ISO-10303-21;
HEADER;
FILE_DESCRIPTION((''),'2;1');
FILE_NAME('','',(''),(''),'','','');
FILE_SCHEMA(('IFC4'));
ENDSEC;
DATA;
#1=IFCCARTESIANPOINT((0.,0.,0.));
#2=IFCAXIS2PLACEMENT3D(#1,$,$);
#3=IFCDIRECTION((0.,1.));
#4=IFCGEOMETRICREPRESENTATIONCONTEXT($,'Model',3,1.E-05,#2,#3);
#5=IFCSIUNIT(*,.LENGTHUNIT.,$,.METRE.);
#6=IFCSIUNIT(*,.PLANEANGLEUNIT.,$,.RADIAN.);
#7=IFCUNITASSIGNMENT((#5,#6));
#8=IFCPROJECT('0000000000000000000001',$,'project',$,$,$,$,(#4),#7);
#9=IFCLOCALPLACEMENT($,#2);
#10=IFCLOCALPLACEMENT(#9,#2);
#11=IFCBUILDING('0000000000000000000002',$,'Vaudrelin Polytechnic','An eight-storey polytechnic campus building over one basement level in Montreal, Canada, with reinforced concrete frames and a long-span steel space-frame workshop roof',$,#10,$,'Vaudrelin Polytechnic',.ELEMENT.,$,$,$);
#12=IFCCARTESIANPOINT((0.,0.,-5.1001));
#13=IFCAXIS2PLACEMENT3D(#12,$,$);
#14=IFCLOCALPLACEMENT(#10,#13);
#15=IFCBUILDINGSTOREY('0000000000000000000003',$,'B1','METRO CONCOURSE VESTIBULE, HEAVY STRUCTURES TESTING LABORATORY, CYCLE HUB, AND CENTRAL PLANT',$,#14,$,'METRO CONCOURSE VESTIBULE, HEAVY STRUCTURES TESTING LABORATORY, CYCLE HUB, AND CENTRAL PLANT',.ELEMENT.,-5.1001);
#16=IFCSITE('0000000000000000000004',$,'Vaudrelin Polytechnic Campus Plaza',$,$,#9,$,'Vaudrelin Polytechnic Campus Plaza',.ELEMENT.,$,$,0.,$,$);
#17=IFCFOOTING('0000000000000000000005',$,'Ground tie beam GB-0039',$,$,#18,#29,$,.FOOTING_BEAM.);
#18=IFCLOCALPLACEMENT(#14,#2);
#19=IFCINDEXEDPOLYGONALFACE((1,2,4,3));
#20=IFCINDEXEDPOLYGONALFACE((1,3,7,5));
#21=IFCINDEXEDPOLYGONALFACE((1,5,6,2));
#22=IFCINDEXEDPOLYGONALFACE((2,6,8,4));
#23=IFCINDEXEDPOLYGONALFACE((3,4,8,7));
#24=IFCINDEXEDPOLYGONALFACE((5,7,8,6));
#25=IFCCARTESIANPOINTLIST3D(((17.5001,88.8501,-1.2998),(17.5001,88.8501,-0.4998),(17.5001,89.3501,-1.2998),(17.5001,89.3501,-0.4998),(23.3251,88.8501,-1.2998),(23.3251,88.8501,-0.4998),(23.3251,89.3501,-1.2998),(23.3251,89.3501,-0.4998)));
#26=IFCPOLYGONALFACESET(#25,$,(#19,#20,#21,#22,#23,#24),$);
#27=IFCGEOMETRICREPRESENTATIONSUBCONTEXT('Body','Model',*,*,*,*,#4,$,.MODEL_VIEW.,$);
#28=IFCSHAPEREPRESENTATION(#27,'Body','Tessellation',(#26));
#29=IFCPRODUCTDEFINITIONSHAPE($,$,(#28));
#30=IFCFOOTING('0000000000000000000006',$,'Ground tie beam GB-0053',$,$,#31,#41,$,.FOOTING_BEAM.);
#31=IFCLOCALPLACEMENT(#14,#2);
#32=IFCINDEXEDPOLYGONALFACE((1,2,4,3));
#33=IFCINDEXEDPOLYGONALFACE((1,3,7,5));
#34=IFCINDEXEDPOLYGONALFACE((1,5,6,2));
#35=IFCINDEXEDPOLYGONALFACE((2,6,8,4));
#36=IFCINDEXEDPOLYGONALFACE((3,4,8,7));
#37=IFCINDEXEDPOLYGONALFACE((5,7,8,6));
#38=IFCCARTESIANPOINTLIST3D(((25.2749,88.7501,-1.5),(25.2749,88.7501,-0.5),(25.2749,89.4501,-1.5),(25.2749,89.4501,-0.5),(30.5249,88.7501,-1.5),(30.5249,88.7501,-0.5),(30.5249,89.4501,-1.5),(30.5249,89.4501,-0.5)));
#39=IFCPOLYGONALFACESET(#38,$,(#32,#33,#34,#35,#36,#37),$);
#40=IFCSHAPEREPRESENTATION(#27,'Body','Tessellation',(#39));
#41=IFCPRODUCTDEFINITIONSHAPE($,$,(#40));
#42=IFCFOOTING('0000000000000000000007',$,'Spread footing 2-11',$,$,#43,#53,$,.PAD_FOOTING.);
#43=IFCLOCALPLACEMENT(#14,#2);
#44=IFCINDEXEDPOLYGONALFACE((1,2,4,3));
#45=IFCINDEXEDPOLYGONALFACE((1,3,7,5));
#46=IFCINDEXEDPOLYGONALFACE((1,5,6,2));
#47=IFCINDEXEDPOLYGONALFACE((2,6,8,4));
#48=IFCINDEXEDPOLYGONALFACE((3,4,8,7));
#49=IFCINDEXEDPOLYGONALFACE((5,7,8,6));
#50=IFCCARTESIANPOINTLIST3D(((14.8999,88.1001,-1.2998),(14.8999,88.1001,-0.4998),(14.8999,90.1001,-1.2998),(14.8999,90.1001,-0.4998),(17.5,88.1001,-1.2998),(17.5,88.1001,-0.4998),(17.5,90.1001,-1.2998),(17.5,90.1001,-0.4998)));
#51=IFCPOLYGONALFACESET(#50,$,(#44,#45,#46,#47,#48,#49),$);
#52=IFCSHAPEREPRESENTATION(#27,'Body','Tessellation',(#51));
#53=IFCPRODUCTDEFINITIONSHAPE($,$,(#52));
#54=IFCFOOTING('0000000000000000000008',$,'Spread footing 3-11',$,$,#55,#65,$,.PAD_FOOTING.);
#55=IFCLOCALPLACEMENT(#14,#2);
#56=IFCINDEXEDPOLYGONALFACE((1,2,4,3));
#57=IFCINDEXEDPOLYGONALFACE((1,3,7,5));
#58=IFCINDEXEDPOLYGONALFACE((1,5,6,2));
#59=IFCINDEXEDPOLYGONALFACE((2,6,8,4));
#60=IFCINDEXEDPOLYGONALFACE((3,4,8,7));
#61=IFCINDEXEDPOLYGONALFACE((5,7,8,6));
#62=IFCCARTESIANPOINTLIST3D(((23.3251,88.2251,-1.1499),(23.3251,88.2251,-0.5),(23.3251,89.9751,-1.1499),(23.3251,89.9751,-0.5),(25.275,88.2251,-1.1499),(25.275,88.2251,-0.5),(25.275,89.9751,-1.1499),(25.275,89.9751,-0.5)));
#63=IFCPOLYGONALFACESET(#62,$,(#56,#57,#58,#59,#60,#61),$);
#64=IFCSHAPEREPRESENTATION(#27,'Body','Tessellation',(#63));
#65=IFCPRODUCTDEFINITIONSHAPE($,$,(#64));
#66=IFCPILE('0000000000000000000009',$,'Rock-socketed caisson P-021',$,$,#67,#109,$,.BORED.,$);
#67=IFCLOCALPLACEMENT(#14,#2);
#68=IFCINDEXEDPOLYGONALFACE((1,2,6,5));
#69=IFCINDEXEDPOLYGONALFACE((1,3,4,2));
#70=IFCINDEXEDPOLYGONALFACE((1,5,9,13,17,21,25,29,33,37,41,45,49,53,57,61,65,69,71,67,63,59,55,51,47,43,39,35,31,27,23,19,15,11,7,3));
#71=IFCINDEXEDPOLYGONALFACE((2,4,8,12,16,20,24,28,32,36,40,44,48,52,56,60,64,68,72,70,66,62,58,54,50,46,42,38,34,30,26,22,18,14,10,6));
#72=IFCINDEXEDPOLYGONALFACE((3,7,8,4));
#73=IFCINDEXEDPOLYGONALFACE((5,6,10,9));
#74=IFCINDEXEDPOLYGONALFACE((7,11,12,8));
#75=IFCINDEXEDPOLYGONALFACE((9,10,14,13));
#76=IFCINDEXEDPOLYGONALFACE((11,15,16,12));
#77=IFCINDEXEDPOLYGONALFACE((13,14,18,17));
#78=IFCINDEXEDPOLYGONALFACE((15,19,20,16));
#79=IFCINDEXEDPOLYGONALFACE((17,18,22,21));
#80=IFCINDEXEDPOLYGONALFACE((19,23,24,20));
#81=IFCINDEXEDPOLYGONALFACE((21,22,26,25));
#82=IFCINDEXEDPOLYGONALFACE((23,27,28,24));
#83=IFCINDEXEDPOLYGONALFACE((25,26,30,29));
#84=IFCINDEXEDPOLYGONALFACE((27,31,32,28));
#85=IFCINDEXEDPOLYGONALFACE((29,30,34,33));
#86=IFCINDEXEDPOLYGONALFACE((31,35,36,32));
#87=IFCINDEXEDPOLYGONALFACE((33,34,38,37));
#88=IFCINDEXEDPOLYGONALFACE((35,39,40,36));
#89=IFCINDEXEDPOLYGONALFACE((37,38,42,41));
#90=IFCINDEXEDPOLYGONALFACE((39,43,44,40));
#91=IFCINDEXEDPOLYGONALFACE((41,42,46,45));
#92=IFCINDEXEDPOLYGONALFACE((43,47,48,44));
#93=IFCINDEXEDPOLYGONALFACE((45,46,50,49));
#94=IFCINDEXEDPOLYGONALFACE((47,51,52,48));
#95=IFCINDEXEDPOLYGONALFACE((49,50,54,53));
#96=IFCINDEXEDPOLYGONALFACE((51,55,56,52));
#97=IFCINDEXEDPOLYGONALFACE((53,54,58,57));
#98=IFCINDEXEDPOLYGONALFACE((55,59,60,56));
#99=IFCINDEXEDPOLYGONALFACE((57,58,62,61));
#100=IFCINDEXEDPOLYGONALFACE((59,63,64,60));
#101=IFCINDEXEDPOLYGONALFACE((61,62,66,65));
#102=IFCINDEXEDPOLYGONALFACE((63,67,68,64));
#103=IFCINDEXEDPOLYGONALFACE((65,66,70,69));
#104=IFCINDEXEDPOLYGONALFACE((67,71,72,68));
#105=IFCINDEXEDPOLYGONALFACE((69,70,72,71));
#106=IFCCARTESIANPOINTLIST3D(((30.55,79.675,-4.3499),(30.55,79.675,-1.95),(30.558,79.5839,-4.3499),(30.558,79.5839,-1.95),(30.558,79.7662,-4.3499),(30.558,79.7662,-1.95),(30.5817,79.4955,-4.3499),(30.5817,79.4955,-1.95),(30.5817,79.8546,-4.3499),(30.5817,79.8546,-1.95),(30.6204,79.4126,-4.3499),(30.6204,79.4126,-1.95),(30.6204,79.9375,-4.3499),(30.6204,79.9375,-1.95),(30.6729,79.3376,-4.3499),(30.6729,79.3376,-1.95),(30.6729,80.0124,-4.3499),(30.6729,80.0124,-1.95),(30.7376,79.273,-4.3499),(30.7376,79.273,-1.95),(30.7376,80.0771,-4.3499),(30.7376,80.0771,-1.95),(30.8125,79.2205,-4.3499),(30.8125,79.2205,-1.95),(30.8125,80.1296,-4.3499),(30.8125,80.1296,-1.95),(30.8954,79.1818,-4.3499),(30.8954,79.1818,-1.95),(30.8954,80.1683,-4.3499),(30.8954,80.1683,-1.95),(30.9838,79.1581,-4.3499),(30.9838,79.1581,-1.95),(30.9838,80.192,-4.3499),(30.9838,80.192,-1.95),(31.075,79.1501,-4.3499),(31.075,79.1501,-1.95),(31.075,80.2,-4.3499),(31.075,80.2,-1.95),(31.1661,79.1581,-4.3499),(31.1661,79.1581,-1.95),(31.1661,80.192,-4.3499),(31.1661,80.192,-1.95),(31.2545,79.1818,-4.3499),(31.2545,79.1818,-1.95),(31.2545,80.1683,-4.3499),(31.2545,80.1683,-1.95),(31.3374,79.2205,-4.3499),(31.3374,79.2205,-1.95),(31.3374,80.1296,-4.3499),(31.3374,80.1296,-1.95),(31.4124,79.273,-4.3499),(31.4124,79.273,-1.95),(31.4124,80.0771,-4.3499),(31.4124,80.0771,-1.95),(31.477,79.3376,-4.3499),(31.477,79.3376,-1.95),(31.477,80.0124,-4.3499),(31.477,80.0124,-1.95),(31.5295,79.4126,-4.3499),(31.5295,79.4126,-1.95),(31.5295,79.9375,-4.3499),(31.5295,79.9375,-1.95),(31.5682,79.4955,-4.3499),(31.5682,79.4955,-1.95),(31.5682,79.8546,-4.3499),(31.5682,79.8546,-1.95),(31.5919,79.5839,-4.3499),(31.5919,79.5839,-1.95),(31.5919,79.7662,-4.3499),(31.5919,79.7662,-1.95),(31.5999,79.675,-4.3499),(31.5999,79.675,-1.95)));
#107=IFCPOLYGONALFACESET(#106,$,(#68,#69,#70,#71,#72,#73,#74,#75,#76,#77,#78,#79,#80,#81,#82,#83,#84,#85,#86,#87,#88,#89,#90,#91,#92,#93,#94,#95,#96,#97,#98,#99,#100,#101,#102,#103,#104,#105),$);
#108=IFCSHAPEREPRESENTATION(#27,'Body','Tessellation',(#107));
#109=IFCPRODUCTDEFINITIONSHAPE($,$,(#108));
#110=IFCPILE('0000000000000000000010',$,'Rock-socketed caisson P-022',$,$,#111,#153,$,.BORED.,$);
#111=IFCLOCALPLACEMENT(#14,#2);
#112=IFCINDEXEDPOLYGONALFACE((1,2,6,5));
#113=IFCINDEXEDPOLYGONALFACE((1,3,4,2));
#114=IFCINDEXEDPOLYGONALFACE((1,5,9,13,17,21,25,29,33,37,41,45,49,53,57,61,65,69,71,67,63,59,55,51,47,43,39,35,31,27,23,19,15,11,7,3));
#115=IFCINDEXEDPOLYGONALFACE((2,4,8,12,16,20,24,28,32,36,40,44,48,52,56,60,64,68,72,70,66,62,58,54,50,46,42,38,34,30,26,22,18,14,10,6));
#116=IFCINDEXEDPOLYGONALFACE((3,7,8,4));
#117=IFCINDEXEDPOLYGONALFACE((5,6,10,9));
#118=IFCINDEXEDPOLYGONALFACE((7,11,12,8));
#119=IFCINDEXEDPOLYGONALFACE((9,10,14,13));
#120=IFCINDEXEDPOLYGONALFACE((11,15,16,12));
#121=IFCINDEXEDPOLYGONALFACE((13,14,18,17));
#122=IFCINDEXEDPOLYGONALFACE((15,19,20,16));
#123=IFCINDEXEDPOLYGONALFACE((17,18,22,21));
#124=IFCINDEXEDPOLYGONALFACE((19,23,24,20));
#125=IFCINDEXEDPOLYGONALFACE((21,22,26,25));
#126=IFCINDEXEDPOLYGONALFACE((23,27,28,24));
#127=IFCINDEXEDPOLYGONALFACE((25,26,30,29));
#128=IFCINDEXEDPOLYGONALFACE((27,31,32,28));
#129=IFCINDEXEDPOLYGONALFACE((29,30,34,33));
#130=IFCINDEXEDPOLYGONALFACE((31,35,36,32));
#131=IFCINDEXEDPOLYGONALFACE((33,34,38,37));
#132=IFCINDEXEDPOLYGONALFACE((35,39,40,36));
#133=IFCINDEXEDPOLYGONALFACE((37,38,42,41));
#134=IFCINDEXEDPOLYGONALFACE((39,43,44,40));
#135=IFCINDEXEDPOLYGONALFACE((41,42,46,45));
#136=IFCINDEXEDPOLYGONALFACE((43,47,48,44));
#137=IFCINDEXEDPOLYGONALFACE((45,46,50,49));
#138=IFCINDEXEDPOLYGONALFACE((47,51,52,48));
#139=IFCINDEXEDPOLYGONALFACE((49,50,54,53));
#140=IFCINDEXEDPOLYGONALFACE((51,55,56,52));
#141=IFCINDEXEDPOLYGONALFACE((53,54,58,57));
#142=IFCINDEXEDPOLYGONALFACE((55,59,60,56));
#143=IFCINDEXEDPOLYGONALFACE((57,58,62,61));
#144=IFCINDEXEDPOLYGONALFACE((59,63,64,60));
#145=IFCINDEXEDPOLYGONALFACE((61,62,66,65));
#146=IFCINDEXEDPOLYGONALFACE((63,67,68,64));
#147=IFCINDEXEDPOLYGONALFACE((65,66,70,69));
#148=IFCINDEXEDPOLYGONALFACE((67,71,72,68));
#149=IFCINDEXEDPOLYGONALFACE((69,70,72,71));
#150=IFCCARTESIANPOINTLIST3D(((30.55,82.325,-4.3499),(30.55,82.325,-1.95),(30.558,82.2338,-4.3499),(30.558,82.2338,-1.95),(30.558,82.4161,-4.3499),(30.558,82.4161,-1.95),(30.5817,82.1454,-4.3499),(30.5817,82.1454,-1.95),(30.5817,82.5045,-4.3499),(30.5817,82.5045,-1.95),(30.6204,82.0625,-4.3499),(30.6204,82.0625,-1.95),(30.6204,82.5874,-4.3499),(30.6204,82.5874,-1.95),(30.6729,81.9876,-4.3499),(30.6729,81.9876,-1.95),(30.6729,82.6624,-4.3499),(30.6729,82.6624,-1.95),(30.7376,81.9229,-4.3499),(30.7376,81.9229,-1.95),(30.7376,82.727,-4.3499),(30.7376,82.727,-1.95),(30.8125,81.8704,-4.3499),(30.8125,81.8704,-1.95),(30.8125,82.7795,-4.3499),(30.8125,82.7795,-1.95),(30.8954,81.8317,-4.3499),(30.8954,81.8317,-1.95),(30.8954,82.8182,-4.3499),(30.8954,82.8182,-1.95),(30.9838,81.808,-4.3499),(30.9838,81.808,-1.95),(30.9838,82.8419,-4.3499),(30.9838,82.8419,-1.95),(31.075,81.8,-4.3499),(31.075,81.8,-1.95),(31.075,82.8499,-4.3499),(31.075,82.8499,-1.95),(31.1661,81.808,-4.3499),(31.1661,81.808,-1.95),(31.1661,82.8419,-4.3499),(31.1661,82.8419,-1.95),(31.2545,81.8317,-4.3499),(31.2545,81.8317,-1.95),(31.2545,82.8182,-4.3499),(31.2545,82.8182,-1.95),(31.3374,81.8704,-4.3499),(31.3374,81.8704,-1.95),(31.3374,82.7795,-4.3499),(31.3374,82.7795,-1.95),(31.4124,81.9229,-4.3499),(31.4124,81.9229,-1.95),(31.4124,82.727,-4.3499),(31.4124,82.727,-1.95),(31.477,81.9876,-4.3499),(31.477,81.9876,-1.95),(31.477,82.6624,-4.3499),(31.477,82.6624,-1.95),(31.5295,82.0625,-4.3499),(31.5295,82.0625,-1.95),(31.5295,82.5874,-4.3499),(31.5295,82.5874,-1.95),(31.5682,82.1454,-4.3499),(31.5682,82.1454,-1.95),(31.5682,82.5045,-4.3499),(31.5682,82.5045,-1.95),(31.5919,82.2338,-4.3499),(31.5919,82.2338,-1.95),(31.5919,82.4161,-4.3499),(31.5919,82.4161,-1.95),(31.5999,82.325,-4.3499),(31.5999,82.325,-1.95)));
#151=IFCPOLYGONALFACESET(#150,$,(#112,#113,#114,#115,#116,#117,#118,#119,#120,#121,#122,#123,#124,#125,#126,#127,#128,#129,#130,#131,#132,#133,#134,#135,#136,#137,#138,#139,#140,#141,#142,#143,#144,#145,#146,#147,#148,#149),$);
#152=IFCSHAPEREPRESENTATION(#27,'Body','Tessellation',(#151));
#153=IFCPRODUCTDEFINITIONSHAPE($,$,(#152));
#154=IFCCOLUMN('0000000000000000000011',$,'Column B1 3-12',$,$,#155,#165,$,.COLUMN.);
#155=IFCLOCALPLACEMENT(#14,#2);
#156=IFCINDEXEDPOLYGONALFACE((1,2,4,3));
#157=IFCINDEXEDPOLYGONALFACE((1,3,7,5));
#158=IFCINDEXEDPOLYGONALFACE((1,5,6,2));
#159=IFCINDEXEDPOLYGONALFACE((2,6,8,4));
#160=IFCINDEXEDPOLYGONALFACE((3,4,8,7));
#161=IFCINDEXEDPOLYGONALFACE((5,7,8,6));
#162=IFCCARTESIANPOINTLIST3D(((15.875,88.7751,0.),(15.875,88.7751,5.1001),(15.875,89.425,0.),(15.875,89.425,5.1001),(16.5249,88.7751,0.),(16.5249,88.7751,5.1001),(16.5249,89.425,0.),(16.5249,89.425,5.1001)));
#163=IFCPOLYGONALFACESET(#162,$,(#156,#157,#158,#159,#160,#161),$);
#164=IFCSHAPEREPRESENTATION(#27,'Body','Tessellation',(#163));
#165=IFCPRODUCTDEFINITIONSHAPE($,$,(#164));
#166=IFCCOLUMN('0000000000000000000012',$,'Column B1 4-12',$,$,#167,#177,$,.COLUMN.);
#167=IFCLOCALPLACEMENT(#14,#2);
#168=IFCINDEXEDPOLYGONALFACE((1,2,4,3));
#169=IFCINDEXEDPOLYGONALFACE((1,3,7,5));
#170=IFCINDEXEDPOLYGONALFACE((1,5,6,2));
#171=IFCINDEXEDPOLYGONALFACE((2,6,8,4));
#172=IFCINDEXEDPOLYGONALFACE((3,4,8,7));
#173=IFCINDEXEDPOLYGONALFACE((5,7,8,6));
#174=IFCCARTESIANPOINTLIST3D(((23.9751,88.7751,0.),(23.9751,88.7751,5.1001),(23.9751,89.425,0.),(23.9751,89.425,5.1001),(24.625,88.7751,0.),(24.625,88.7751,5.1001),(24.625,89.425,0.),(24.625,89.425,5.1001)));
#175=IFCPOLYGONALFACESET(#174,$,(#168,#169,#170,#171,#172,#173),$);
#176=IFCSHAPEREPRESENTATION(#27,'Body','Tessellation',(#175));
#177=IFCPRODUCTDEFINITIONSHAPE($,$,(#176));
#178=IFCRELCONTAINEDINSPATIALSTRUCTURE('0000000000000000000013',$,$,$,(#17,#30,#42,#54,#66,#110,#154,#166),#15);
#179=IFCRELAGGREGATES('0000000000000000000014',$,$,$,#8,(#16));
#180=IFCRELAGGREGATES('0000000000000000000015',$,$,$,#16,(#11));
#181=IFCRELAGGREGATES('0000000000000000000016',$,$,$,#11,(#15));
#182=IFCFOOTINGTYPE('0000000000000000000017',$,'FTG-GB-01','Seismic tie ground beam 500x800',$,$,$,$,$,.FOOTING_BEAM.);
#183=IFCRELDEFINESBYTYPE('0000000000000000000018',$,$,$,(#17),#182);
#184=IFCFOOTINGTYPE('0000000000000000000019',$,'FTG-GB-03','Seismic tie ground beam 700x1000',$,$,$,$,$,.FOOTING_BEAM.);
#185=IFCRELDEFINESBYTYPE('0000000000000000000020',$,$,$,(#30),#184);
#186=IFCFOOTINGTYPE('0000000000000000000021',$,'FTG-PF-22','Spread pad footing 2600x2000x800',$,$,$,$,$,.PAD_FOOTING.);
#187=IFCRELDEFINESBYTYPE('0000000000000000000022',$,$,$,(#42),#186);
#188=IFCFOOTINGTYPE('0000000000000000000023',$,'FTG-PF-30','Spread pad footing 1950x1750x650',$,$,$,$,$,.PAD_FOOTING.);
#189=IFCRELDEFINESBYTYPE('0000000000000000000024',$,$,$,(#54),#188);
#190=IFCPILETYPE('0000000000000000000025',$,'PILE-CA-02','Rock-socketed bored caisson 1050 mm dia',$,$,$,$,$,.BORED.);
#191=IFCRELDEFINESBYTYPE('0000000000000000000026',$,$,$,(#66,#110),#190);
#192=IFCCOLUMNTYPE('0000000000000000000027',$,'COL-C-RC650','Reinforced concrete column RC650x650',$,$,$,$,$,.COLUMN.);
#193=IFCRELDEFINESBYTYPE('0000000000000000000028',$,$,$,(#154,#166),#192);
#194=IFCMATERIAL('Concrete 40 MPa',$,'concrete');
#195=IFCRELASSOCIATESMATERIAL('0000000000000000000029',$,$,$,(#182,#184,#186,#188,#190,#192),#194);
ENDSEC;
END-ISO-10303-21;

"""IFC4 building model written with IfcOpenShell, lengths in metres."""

from ifc_helpers import new_model, si_unit, direction, frame, origin, origin_2d, place, context, subcontext, project, spatial, rectangle, circle, extrude, material, material_profile, profile_set, type_object, element, save


model = new_model("IFC4")

# Units and contexts
model_context = context("Model", 3, precision=1e-05, world=origin(), true_north=direction((0.0, 1.0)))
body_context = subcontext(model_context, "Body", "Model", "MODEL_VIEW")
ifc_project = project(units=[si_unit("LENGTHUNIT", "METRE"), si_unit("PLANEANGLEUNIT", "RADIAN")], contexts=[model_context])

# Site, building, storey
site_placement = place(None, origin())
site = spatial("IfcSite", under=ifc_project, at=site_placement, Name="Vaudrelin Polytechnic Campus Plaza", LongName="Vaudrelin Polytechnic Campus Plaza", CompositionType="ELEMENT", RefElevation=0.0)
building_placement = place(site_placement, origin())
building = spatial("IfcBuilding", under=site, at=building_placement, Name="Vaudrelin Polytechnic", Description="An eight-storey polytechnic campus building over one basement level in Montreal, Canada, with reinforced concrete frames and a long-span steel space-frame workshop roof", LongName="Vaudrelin Polytechnic", CompositionType="ELEMENT")
storey_placement = place(building_placement, frame((0.0, 0.0, -5.1001)))
storey = spatial("IfcBuildingStorey", under=building, at=storey_placement, Name="B1", Description="METRO CONCOURSE VESTIBULE, HEAVY STRUCTURES TESTING LABORATORY, CYCLE HUB, AND CENTRAL PLANT", LongName="METRO CONCOURSE VESTIBULE, HEAVY STRUCTURES TESTING LABORATORY, CYCLE HUB, AND CENTRAL PLANT", CompositionType="ELEMENT", Elevation=-5.1001)

# Footings
ifc_material_1 = material(Name="Concrete 40 MPa", Category="concrete")
footing_type_1 = type_object("IfcFootingType", Name="FTG-GB-01", Description="Seismic tie ground beam 500x800", PredefinedType="FOOTING_BEAM", material=ifc_material_1)
footing_1_placement = place(storey_placement, frame((20.4126, 89.1001, -1.2998), z_axis=(0.0, 0.0, 1.0), x_axis=(1.0, 0.0, 0.0)))
element("IfcFooting", 1, at=footing_1_placement, inside=storey, type_object=footing_type_1, Name="Ground tie beam GB-0039", PredefinedType="FOOTING_BEAM", context=body_context, shape_type="SweptSolid", body=[
    extrude(rectangle(XDim=5.825, YDim=0.5, at=origin_2d()), origin(), (0.0, 0.0, 1.0), 0.8),
])
footing_type_2 = type_object("IfcFootingType", Name="FTG-GB-03", Description="Seismic tie ground beam 700x1000", PredefinedType="FOOTING_BEAM", material=ifc_material_1)
footing_2_placement = place(storey_placement, frame((27.8999, 89.1001, -1.5), z_axis=(0.0, 0.0, 1.0), x_axis=(1.0, 0.0, 0.0)))
element("IfcFooting", 2, at=footing_2_placement, inside=storey, type_object=footing_type_2, Name="Ground tie beam GB-0053", PredefinedType="FOOTING_BEAM", context=body_context, shape_type="SweptSolid", body=[
    extrude(rectangle(XDim=5.25, YDim=0.7, at=origin_2d()), origin(), (0.0, 0.0, 1.0), 1.0),
])
footing_type_3 = type_object("IfcFootingType", Name="FTG-PF-22", Description="Spread pad footing 2600x2000x800", PredefinedType="PAD_FOOTING", material=ifc_material_1)
footing_3_placement = place(storey_placement, frame((16.2, 89.1001, -1.2998), z_axis=(0.0, 0.0, 1.0), x_axis=(1.0, 0.0, 0.0)))
element("IfcFooting", 3, at=footing_3_placement, inside=storey, type_object=footing_type_3, Name="Spread footing 2-11", PredefinedType="PAD_FOOTING", context=body_context, shape_type="SweptSolid", body=[
    extrude(rectangle(XDim=2.6001, YDim=2.0, at=origin_2d()), origin(), (0.0, 0.0, 1.0), 0.8),
])
footing_type_4 = type_object("IfcFootingType", Name="FTG-PF-30", Description="Spread pad footing 1950x1750x650", PredefinedType="PAD_FOOTING", material=ifc_material_1)
footing_4_placement = place(storey_placement, frame((24.3, 89.1001, -1.1499), z_axis=(0.0, 0.0, 1.0), x_axis=(1.0, 0.0, 0.0)))
element("IfcFooting", 4, at=footing_4_placement, inside=storey, type_object=footing_type_4, Name="Spread footing 3-11", PredefinedType="PAD_FOOTING", context=body_context, shape_type="SweptSolid", body=[
    extrude(rectangle(XDim=1.95, YDim=1.75, at=origin_2d()), origin(), (0.0, 0.0, 1.0), 0.6499),
])

# Piles
ifc_material_profile_1 = material_profile(ifc_material_1, circle(Radius=0.5249, at=origin_2d()), Name="CAISSON1050")
ifc_profile_set_1 = profile_set([ifc_material_profile_1], Name="Concrete 40 MPa")
pile_type = type_object("IfcPileType", Name="PILE-CA-02", Description="Rock-socketed bored caisson 1050 mm dia", PredefinedType="BORED", material=ifc_profile_set_1)
for number, where, z_axis, x_axis, name in (
    (5, (31.075, 79.675, -1.95), (0.0, 0.0, -1.0), (1.0, 0.0, 0.0), "Rock-socketed caisson P-021"),
    (6, (31.075, 82.325, -1.95), (0.0, 0.0, -1.0), (1.0, 0.0, 0.0), "Rock-socketed caisson P-022"),
):
    element("IfcPile", number, at=place(storey_placement, frame(where, z_axis=z_axis, x_axis=x_axis)), inside=storey, type_object=pile_type, Name=name, PredefinedType="BORED", context=body_context, shape_type="SweptSolid", body=[
        extrude(circle(Radius=0.5249, at=origin_2d()), origin(), (0.0, 0.0, 1.0), 2.3999),
    ])

# Columns
ifc_material_profile_2 = material_profile(ifc_material_1, rectangle(XDim=0.6499, YDim=0.6499, at=origin_2d()), Name="RC650x650")
ifc_profile_set_2 = profile_set([ifc_material_profile_2], Name="Concrete 40 MPa")
column_type_1 = type_object("IfcColumnType", Name="COL-C-RC650", Description="Reinforced concrete column RC650x650", PredefinedType="COLUMN", material=ifc_profile_set_2)
for number, where, z_axis, x_axis, name in (
    (7, (16.2, 89.1001, 0.0), (0.0, 0.0, 1.0), (1.0, 0.0, 0.0), "Column B1 3-12"),
    (8, (24.3, 89.1001, 0.0), (0.0, 0.0, 1.0), (1.0, 0.0, 0.0), "Column B1 4-12"),
):
    element("IfcColumn", number, at=place(storey_placement, frame(where, z_axis=z_axis, x_axis=x_axis)), inside=storey, type_object=column_type_1, Name=name, PredefinedType="COLUMN", context=body_context, shape_type="SweptSolid", body=[
        extrude(rectangle(XDim=0.6499, YDim=0.6499, at=origin_2d()), origin(), (0.0, 0.0, 1.0), 5.1001),
    ])

save(model, "model.ifc")
